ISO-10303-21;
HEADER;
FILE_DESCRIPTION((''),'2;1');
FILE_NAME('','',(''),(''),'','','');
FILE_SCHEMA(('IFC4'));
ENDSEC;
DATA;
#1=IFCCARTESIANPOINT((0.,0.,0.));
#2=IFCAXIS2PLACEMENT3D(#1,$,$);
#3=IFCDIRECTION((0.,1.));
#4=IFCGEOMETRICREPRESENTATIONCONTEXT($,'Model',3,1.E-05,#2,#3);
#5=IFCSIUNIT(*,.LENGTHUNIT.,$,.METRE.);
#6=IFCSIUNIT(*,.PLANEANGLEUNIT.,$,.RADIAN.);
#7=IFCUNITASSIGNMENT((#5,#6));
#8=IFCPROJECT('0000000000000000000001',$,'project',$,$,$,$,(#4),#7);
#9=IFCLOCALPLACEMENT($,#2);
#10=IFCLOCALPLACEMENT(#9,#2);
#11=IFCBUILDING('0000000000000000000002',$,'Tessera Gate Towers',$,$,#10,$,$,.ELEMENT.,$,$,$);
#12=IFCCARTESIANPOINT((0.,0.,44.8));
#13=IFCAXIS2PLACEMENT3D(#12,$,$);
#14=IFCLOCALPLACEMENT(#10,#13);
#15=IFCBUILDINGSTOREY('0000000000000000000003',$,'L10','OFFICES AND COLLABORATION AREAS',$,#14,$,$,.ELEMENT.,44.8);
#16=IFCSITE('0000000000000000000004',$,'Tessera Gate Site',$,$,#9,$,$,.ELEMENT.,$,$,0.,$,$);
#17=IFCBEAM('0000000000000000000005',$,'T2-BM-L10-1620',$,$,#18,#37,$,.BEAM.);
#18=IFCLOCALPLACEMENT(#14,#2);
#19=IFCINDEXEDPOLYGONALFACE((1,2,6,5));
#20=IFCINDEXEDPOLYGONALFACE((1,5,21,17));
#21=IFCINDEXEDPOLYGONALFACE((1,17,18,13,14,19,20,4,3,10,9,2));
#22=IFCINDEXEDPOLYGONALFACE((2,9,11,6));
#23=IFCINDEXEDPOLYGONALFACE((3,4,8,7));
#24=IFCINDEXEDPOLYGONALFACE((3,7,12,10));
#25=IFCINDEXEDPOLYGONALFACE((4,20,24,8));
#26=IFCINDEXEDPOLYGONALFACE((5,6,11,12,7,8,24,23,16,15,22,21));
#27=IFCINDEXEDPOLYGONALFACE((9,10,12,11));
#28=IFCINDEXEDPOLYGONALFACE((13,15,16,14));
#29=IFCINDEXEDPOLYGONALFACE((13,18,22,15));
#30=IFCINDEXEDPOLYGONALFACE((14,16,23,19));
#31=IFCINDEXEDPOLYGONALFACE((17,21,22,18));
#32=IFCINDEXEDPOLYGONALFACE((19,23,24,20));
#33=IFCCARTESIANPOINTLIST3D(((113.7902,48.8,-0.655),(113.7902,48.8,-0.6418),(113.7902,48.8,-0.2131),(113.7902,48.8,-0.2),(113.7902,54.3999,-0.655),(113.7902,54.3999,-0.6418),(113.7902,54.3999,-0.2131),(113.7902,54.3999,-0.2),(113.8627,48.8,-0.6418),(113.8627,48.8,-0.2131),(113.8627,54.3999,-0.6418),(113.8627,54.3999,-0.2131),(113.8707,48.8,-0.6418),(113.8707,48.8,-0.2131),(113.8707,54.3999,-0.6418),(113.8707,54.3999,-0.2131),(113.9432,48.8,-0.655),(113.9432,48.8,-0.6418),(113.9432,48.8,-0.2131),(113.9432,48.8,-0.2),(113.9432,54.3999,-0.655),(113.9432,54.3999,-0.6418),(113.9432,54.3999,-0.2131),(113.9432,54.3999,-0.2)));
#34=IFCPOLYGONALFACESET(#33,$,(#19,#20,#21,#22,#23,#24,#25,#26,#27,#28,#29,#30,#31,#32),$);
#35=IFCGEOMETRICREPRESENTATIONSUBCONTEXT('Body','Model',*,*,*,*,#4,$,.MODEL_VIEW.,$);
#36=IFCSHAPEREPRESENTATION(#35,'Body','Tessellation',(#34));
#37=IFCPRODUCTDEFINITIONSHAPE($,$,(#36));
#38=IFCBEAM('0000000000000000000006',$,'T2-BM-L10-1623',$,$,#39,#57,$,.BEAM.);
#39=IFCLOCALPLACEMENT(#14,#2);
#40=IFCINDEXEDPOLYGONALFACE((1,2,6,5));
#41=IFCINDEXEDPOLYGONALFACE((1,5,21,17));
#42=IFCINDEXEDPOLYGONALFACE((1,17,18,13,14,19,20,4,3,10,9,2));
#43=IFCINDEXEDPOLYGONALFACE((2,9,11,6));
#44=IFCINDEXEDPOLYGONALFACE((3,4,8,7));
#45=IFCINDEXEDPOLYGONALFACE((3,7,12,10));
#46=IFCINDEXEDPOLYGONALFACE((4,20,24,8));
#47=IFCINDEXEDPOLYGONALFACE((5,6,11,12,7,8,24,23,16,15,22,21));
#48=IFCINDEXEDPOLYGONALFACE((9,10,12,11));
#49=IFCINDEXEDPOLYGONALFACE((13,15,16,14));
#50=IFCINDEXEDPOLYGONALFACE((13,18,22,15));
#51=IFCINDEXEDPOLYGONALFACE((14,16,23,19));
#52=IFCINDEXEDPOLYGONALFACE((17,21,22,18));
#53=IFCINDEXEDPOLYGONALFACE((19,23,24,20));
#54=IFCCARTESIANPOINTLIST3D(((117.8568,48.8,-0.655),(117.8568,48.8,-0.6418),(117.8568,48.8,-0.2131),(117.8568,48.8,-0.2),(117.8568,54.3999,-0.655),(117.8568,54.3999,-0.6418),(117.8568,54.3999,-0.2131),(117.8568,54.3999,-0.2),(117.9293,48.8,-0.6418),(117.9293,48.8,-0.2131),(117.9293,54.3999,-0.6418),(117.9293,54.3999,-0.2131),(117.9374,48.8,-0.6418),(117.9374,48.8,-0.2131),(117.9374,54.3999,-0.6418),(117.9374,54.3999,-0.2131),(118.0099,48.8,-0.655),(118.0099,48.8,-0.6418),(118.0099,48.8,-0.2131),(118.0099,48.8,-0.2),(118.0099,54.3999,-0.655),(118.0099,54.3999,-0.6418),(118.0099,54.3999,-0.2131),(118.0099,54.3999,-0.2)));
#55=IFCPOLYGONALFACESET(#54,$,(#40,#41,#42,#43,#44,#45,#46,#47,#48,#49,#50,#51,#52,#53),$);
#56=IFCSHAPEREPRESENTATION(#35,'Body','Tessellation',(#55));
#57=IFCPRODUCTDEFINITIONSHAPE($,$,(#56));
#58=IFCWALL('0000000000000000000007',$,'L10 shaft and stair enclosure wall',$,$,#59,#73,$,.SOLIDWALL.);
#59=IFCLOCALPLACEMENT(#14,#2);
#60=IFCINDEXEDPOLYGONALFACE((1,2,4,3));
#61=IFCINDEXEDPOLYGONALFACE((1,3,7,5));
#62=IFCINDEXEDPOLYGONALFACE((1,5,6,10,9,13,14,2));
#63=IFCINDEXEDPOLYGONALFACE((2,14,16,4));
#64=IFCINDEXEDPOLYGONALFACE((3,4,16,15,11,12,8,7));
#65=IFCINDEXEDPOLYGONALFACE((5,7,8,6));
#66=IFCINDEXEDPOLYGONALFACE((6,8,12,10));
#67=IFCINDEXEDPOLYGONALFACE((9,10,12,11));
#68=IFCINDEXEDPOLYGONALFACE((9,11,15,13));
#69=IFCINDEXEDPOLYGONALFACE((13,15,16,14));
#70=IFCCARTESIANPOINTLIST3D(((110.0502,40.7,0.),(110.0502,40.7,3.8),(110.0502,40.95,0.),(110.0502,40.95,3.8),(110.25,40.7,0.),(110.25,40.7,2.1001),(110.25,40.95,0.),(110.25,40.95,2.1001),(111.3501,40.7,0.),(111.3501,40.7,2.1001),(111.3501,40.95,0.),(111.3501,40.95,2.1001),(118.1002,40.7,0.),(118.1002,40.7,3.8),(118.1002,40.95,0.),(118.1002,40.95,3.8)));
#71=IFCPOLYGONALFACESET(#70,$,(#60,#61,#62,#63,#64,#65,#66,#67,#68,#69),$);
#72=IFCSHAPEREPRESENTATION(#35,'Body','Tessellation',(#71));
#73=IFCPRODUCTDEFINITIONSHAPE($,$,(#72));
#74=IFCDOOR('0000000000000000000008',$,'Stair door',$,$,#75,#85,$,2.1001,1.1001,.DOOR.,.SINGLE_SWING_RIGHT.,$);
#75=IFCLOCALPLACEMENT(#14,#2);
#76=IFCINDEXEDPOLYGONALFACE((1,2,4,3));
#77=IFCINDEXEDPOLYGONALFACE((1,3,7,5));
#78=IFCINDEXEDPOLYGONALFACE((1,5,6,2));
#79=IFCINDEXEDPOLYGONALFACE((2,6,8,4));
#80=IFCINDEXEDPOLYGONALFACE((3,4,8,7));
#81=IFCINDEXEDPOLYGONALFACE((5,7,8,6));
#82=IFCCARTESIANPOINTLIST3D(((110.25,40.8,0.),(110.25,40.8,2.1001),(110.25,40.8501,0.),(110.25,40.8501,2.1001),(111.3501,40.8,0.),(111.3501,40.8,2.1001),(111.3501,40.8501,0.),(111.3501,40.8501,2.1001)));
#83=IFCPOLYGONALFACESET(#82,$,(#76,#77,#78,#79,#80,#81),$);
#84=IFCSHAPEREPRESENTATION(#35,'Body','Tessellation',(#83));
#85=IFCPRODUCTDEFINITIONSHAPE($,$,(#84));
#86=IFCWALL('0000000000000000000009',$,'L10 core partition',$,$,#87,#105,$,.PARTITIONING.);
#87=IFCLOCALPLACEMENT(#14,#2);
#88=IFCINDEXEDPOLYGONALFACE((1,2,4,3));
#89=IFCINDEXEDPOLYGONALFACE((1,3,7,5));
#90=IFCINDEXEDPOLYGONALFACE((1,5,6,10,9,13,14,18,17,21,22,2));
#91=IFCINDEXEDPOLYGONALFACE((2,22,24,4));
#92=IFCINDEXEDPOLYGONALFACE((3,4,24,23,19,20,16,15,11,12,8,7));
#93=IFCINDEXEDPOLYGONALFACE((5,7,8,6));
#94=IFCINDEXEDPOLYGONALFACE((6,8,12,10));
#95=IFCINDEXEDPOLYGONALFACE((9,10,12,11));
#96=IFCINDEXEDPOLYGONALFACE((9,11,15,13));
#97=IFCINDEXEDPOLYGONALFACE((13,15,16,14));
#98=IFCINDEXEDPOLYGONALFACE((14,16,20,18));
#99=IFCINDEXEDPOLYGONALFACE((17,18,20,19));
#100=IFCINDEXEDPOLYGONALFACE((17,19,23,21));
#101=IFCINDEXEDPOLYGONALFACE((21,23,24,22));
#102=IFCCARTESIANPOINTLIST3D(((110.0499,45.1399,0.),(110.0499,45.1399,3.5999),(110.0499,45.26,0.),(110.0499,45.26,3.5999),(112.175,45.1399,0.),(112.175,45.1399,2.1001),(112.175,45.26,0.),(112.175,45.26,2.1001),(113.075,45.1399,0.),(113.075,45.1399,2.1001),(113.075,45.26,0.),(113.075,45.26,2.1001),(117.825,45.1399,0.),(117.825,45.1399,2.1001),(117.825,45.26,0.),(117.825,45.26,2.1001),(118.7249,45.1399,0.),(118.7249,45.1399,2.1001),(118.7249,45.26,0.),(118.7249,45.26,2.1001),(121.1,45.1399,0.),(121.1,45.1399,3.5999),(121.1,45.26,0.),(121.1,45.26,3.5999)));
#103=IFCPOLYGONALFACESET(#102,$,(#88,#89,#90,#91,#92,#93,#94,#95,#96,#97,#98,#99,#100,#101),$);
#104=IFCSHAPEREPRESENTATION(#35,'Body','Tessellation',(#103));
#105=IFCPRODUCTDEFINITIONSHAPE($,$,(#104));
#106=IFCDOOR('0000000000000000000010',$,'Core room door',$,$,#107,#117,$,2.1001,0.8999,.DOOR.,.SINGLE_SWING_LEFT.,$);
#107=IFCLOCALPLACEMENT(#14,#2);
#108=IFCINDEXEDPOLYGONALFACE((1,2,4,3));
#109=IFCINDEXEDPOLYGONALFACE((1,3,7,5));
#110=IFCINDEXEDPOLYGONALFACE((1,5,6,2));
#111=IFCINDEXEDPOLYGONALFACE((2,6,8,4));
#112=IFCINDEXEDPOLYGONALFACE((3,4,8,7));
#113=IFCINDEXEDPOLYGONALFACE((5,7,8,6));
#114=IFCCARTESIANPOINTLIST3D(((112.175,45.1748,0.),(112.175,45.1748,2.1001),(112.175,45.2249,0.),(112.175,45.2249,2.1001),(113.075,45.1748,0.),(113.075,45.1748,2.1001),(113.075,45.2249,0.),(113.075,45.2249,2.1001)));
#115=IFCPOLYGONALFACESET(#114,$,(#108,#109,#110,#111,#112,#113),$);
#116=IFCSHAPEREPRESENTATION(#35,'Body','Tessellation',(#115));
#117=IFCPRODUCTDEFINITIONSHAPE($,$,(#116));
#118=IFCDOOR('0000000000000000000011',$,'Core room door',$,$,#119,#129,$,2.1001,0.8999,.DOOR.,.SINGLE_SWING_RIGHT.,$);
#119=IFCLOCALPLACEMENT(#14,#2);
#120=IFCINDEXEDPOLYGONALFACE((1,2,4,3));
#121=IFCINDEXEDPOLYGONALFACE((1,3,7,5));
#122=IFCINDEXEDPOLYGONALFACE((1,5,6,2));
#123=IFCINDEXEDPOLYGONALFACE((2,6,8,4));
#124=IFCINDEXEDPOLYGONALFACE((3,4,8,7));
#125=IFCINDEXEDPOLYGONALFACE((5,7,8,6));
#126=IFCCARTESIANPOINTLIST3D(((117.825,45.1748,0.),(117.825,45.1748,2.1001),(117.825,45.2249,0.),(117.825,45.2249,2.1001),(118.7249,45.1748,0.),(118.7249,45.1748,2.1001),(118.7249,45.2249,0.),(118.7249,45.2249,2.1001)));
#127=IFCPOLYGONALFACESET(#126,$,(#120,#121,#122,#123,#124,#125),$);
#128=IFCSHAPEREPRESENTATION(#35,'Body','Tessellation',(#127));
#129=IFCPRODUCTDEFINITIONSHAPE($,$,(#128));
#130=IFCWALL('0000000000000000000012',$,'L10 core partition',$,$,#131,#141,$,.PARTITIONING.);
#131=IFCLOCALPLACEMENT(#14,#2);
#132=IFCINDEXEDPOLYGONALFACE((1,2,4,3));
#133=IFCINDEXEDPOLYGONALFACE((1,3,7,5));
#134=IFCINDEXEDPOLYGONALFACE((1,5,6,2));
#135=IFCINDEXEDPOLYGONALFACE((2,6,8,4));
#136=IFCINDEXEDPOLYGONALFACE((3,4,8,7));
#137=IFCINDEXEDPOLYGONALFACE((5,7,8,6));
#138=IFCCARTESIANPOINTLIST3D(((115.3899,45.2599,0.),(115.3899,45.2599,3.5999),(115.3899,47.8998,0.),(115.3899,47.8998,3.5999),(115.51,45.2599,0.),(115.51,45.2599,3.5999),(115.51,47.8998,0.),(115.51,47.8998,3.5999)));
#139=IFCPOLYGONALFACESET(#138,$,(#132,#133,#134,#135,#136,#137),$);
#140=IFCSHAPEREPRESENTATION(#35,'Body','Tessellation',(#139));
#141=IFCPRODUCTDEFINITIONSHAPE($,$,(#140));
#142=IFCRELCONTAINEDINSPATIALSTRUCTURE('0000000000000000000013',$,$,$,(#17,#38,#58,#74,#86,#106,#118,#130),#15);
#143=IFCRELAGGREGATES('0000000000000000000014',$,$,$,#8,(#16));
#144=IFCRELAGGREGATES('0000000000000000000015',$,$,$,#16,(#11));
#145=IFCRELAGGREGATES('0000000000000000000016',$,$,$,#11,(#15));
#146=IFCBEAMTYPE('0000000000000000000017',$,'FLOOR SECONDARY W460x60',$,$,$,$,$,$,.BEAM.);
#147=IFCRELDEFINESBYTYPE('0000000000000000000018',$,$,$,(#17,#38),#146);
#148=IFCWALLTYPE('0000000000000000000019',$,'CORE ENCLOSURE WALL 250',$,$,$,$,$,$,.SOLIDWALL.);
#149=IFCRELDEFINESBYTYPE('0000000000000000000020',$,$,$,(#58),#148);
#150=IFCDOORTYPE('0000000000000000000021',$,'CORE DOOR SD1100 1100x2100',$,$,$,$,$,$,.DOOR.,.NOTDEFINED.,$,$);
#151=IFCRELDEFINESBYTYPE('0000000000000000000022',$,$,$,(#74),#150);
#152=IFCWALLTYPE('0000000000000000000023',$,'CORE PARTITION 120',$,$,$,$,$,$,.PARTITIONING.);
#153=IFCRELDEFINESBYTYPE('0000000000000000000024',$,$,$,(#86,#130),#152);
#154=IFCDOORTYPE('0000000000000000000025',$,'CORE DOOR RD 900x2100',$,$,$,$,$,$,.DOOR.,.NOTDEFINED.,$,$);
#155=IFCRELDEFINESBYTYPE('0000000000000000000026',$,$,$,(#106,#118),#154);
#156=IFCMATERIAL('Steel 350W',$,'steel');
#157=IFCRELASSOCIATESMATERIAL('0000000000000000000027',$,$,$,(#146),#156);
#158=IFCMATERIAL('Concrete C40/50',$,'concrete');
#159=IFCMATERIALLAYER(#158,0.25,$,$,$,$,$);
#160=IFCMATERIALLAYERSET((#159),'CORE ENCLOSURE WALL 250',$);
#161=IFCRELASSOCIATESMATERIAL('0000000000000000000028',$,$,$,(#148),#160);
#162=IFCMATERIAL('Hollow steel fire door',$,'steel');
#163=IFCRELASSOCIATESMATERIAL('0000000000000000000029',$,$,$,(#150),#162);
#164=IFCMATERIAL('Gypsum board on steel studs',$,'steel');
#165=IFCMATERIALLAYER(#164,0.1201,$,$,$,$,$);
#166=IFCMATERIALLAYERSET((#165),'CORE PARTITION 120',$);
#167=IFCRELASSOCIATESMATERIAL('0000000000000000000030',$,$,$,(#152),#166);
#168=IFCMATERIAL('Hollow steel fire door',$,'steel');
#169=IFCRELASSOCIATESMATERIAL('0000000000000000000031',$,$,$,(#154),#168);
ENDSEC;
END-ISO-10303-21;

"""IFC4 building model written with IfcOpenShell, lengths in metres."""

from ifc_helpers import new_model, si_unit, direction, frame, frame_2d, origin, origin_2d, place, context, subcontext, project, spatial, rectangle, i_section, extrude, source, transform, mapped, material, layer, layer_set, material_profile, profile_set, type_object, element, fill, save


model = new_model("IFC4")

# Units and contexts
model_context = context("Model", 3, precision=1e-05, world=origin(), true_north=direction((0.0, 1.0)))
body_context = subcontext(model_context, "Body", "Model", "MODEL_VIEW")
ifc_project = project(units=[si_unit("LENGTHUNIT", "METRE"), si_unit("PLANEANGLEUNIT", "RADIAN")], contexts=[model_context])

# Site, building, storey
site_placement = place(None, origin())
site = spatial("IfcSite", under=ifc_project, at=site_placement, Name="Tessera Gate Site", CompositionType="ELEMENT", RefElevation=0.0)
building_placement = place(site_placement, origin())
building = spatial("IfcBuilding", under=site, at=building_placement, Name="Tessera Gate Towers", CompositionType="ELEMENT")
storey_placement = place(building_placement, frame((0.0, 0.0, 44.8)))
storey = spatial("IfcBuildingStorey", under=building, at=storey_placement, Name="L10", Description="OFFICES AND COLLABORATION AREAS", CompositionType="ELEMENT", Elevation=44.8)

# Beams
ifc_material_1 = material(Name="Steel 350W", Category="steel")
ifc_material_profile = material_profile(ifc_material_1, i_section(OverallWidth=0.1531, OverallDepth=0.4551, WebThickness=0.0081, FlangeThickness=0.0132, at=origin_2d()), Name="W460x60")
ifc_profile_set = profile_set([ifc_material_profile], Name="Steel 350W")
beam_type = type_object("IfcBeamType", Name="FLOOR SECONDARY W460x60", PredefinedType="BEAM", material=ifc_profile_set)
for number, where, z_axis, x_axis, name in (
    (1, (113.8667, 48.8, -0.4275), (0.0, 1.0, 0.0), (-1.0, 0.0, 0.0), "T2-BM-L10-1620"),
    (2, (117.9333, 48.8, -0.4275), (0.0, 1.0, 0.0), (-1.0, 0.0, 0.0), "T2-BM-L10-1623"),
):
    element("IfcBeam", number, at=place(storey_placement, frame(where, z_axis=z_axis, x_axis=x_axis)), inside=storey, type_object=beam_type, Name=name, PredefinedType="BEAM", context=body_context, shape_type="SweptSolid", body=[
        extrude(i_section(OverallWidth=0.1531, OverallDepth=0.4551, WebThickness=0.0081, FlangeThickness=0.0132, at=origin_2d()), origin(), (0.0, 0.0, 1.0), 5.5999),
    ])

# Wall, opening, door
ifc_material_2 = material(Name="Concrete C40/50", Category="concrete")
ifc_layer_1 = layer(ifc_material_2, 0.25)
ifc_layer_set_1 = layer_set([ifc_layer_1], Name="CORE ENCLOSURE WALL 250")
wall_type_1 = type_object("IfcWallType", Name="CORE ENCLOSURE WALL 250", PredefinedType="SOLIDWALL", material=ifc_layer_set_1)
wall_1_placement = place(storey_placement, frame((118.1001, 40.825, 0.0), z_axis=(0.0, 0.0, 1.0), x_axis=(-1.0, 0.0, 0.0)))
wall_1 = element("IfcWall", 3, at=wall_1_placement, inside=storey, type_object=wall_type_1, Name="L10 shaft and stair enclosure wall", PredefinedType="SOLIDWALL", context=body_context, shape_type="SweptSolid", body=[
    extrude(rectangle(XDim=8.05, YDim=0.25, at=frame_2d((4.0249, 0.0))), origin(), (0.0, 0.0, 1.0), 3.8),
])
shared_shape_1 = source(origin(), body_context, "Body", "SweptSolid", [
    extrude(rectangle(XDim=1.1001, YDim=2.1001, at=frame_2d((0.55, 1.05))), frame((0.0, 0.135, 0.0), z_axis=(0.0, -1.0, 0.0), x_axis=(1.0, 0.0, 0.0)), (0.0, 0.0, 1.0), 0.27),
])
opening_1_placement = place(wall_1_placement, frame((6.75, 0.0, 0.0)))
opening_1 = element("IfcOpeningElement", 4, at=opening_1_placement, cuts=wall_1, PredefinedType="OPENING", context=body_context, shape_type="MappedRepresentation", body=[
    mapped(shared_shape_1, transform((0.0, 0.0, 0.0), scale=1.0)),
])
ifc_material_3 = material(Name="Hollow steel fire door", Category="steel")
door_type_1 = type_object("IfcDoorType", Name="CORE DOOR SD1100 1100x2100", OperationType="NOTDEFINED", PredefinedType="DOOR", material=ifc_material_3)
shared_shape_2 = source(origin(), body_context, "Body", "SweptSolid", [
    extrude(rectangle(XDim=1.1001, YDim=2.1001, at=frame_2d((0.55, 1.05))), frame((0.0, 0.0249, 0.0), z_axis=(0.0, -1.0, 0.0), x_axis=(1.0, 0.0, 0.0)), (0.0, 0.0, 1.0), 0.05),
])
door_1_placement = place(opening_1_placement, origin())
door_1 = element("IfcDoor", 5, at=door_1_placement, inside=storey, type_object=door_type_1, Name="Stair door", OperationType="SINGLE_SWING_RIGHT", OverallHeight=2.1001, OverallWidth=1.1001, PredefinedType="DOOR", context=body_context, shape_type="MappedRepresentation", body=[
    mapped(shared_shape_2, transform((0.0, 0.0, 0.0), scale=1.0)),
])
fill(opening_1, door_1)

# Wall, openings, doors
ifc_material_4 = material(Name="Gypsum board on steel studs", Category="steel")
ifc_layer_2 = layer(ifc_material_4, 0.1201)
ifc_layer_set_2 = layer_set([ifc_layer_2], Name="CORE PARTITION 120")
wall_type_2 = type_object("IfcWallType", Name="CORE PARTITION 120", PredefinedType="PARTITIONING", material=ifc_layer_set_2)
wall_2_placement = place(storey_placement, frame((110.05, 45.2, 0.0), z_axis=(0.0, 0.0, 1.0), x_axis=(1.0, 0.0, 0.0)))
wall_2 = element("IfcWall", 6, at=wall_2_placement, inside=storey, type_object=wall_type_2, Name="L10 core partition", PredefinedType="PARTITIONING", context=body_context, shape_type="SweptSolid", body=[
    extrude(rectangle(XDim=11.05, YDim=0.1201, at=frame_2d((5.5249, 0.0))), origin(), (0.0, 0.0, 1.0), 3.5999),
])
shared_shape_3 = source(origin(), body_context, "Body", "SweptSolid", [
    extrude(rectangle(XDim=0.8999, YDim=2.1001, at=frame_2d((0.45, 1.05))), frame((0.0, 0.0701, 0.0), z_axis=(0.0, -1.0, 0.0), x_axis=(1.0, 0.0, 0.0)), (0.0, 0.0, 1.0), 0.1401),
])
opening_2_placement = place(wall_2_placement, frame((2.125, 0.0, 0.0)))
opening_2 = element("IfcOpeningElement", 7, at=opening_2_placement, cuts=wall_2, PredefinedType="OPENING", context=body_context, shape_type="MappedRepresentation", body=[
    mapped(shared_shape_3, transform((0.0, 0.0, 0.0), scale=1.0)),
])
opening_3_placement = place(wall_2_placement, frame((7.7749, 0.0, 0.0)))
opening_3 = element("IfcOpeningElement", 8, at=opening_3_placement, cuts=wall_2, PredefinedType="OPENING", context=body_context, shape_type="MappedRepresentation", body=[
    mapped(shared_shape_3, transform((0.0, 0.0, 0.0), scale=1.0)),
])
ifc_material_5 = material(Name="Hollow steel fire door", Category="steel")
door_type_2 = type_object("IfcDoorType", Name="CORE DOOR RD 900x2100", OperationType="NOTDEFINED", PredefinedType="DOOR", material=ifc_material_5)
shared_shape_4 = source(origin(), body_context, "Body", "SweptSolid", [
    extrude(rectangle(XDim=0.8999, YDim=2.1001, at=frame_2d((0.45, 1.05))), frame((0.0, 0.0249, 0.0), z_axis=(0.0, -1.0, 0.0), x_axis=(1.0, 0.0, 0.0)), (0.0, 0.0, 1.0), 0.05),
])
door_2_placement = place(opening_2_placement, origin())
door_2 = element("IfcDoor", 9, at=door_2_placement, inside=storey, type_object=door_type_2, Name="Core room door", OperationType="SINGLE_SWING_LEFT", OverallHeight=2.1001, OverallWidth=0.8999, PredefinedType="DOOR", context=body_context, shape_type="MappedRepresentation", body=[
    mapped(shared_shape_4, transform((0.0, 0.0, 0.0), scale=1.0)),
])
fill(opening_2, door_2)
door_3_placement = place(opening_3_placement, origin())
door_3 = element("IfcDoor", 10, at=door_3_placement, inside=storey, type_object=door_type_2, Name="Core room door", OperationType="SINGLE_SWING_RIGHT", OverallHeight=2.1001, OverallWidth=0.8999, PredefinedType="DOOR", context=body_context, shape_type="MappedRepresentation", body=[
    mapped(shared_shape_4, transform((0.0, 0.0, 0.0), scale=1.0)),
])
fill(opening_3, door_3)

# Wall
wall_3_placement = place(storey_placement, frame((115.45, 45.26, 0.0), z_axis=(0.0, 0.0, 1.0), x_axis=(0.0, 1.0, 0.0)))
element("IfcWall", 11, at=wall_3_placement, inside=storey, type_object=wall_type_2, Name="L10 core partition", PredefinedType="PARTITIONING", context=body_context, shape_type="SweptSolid", body=[
    extrude(rectangle(XDim=2.6399, YDim=0.1201, at=frame_2d((1.3198, 0.0))), origin(), (0.0, 0.0, 1.0), 3.5999),
])

save(model, "model.ifc")
